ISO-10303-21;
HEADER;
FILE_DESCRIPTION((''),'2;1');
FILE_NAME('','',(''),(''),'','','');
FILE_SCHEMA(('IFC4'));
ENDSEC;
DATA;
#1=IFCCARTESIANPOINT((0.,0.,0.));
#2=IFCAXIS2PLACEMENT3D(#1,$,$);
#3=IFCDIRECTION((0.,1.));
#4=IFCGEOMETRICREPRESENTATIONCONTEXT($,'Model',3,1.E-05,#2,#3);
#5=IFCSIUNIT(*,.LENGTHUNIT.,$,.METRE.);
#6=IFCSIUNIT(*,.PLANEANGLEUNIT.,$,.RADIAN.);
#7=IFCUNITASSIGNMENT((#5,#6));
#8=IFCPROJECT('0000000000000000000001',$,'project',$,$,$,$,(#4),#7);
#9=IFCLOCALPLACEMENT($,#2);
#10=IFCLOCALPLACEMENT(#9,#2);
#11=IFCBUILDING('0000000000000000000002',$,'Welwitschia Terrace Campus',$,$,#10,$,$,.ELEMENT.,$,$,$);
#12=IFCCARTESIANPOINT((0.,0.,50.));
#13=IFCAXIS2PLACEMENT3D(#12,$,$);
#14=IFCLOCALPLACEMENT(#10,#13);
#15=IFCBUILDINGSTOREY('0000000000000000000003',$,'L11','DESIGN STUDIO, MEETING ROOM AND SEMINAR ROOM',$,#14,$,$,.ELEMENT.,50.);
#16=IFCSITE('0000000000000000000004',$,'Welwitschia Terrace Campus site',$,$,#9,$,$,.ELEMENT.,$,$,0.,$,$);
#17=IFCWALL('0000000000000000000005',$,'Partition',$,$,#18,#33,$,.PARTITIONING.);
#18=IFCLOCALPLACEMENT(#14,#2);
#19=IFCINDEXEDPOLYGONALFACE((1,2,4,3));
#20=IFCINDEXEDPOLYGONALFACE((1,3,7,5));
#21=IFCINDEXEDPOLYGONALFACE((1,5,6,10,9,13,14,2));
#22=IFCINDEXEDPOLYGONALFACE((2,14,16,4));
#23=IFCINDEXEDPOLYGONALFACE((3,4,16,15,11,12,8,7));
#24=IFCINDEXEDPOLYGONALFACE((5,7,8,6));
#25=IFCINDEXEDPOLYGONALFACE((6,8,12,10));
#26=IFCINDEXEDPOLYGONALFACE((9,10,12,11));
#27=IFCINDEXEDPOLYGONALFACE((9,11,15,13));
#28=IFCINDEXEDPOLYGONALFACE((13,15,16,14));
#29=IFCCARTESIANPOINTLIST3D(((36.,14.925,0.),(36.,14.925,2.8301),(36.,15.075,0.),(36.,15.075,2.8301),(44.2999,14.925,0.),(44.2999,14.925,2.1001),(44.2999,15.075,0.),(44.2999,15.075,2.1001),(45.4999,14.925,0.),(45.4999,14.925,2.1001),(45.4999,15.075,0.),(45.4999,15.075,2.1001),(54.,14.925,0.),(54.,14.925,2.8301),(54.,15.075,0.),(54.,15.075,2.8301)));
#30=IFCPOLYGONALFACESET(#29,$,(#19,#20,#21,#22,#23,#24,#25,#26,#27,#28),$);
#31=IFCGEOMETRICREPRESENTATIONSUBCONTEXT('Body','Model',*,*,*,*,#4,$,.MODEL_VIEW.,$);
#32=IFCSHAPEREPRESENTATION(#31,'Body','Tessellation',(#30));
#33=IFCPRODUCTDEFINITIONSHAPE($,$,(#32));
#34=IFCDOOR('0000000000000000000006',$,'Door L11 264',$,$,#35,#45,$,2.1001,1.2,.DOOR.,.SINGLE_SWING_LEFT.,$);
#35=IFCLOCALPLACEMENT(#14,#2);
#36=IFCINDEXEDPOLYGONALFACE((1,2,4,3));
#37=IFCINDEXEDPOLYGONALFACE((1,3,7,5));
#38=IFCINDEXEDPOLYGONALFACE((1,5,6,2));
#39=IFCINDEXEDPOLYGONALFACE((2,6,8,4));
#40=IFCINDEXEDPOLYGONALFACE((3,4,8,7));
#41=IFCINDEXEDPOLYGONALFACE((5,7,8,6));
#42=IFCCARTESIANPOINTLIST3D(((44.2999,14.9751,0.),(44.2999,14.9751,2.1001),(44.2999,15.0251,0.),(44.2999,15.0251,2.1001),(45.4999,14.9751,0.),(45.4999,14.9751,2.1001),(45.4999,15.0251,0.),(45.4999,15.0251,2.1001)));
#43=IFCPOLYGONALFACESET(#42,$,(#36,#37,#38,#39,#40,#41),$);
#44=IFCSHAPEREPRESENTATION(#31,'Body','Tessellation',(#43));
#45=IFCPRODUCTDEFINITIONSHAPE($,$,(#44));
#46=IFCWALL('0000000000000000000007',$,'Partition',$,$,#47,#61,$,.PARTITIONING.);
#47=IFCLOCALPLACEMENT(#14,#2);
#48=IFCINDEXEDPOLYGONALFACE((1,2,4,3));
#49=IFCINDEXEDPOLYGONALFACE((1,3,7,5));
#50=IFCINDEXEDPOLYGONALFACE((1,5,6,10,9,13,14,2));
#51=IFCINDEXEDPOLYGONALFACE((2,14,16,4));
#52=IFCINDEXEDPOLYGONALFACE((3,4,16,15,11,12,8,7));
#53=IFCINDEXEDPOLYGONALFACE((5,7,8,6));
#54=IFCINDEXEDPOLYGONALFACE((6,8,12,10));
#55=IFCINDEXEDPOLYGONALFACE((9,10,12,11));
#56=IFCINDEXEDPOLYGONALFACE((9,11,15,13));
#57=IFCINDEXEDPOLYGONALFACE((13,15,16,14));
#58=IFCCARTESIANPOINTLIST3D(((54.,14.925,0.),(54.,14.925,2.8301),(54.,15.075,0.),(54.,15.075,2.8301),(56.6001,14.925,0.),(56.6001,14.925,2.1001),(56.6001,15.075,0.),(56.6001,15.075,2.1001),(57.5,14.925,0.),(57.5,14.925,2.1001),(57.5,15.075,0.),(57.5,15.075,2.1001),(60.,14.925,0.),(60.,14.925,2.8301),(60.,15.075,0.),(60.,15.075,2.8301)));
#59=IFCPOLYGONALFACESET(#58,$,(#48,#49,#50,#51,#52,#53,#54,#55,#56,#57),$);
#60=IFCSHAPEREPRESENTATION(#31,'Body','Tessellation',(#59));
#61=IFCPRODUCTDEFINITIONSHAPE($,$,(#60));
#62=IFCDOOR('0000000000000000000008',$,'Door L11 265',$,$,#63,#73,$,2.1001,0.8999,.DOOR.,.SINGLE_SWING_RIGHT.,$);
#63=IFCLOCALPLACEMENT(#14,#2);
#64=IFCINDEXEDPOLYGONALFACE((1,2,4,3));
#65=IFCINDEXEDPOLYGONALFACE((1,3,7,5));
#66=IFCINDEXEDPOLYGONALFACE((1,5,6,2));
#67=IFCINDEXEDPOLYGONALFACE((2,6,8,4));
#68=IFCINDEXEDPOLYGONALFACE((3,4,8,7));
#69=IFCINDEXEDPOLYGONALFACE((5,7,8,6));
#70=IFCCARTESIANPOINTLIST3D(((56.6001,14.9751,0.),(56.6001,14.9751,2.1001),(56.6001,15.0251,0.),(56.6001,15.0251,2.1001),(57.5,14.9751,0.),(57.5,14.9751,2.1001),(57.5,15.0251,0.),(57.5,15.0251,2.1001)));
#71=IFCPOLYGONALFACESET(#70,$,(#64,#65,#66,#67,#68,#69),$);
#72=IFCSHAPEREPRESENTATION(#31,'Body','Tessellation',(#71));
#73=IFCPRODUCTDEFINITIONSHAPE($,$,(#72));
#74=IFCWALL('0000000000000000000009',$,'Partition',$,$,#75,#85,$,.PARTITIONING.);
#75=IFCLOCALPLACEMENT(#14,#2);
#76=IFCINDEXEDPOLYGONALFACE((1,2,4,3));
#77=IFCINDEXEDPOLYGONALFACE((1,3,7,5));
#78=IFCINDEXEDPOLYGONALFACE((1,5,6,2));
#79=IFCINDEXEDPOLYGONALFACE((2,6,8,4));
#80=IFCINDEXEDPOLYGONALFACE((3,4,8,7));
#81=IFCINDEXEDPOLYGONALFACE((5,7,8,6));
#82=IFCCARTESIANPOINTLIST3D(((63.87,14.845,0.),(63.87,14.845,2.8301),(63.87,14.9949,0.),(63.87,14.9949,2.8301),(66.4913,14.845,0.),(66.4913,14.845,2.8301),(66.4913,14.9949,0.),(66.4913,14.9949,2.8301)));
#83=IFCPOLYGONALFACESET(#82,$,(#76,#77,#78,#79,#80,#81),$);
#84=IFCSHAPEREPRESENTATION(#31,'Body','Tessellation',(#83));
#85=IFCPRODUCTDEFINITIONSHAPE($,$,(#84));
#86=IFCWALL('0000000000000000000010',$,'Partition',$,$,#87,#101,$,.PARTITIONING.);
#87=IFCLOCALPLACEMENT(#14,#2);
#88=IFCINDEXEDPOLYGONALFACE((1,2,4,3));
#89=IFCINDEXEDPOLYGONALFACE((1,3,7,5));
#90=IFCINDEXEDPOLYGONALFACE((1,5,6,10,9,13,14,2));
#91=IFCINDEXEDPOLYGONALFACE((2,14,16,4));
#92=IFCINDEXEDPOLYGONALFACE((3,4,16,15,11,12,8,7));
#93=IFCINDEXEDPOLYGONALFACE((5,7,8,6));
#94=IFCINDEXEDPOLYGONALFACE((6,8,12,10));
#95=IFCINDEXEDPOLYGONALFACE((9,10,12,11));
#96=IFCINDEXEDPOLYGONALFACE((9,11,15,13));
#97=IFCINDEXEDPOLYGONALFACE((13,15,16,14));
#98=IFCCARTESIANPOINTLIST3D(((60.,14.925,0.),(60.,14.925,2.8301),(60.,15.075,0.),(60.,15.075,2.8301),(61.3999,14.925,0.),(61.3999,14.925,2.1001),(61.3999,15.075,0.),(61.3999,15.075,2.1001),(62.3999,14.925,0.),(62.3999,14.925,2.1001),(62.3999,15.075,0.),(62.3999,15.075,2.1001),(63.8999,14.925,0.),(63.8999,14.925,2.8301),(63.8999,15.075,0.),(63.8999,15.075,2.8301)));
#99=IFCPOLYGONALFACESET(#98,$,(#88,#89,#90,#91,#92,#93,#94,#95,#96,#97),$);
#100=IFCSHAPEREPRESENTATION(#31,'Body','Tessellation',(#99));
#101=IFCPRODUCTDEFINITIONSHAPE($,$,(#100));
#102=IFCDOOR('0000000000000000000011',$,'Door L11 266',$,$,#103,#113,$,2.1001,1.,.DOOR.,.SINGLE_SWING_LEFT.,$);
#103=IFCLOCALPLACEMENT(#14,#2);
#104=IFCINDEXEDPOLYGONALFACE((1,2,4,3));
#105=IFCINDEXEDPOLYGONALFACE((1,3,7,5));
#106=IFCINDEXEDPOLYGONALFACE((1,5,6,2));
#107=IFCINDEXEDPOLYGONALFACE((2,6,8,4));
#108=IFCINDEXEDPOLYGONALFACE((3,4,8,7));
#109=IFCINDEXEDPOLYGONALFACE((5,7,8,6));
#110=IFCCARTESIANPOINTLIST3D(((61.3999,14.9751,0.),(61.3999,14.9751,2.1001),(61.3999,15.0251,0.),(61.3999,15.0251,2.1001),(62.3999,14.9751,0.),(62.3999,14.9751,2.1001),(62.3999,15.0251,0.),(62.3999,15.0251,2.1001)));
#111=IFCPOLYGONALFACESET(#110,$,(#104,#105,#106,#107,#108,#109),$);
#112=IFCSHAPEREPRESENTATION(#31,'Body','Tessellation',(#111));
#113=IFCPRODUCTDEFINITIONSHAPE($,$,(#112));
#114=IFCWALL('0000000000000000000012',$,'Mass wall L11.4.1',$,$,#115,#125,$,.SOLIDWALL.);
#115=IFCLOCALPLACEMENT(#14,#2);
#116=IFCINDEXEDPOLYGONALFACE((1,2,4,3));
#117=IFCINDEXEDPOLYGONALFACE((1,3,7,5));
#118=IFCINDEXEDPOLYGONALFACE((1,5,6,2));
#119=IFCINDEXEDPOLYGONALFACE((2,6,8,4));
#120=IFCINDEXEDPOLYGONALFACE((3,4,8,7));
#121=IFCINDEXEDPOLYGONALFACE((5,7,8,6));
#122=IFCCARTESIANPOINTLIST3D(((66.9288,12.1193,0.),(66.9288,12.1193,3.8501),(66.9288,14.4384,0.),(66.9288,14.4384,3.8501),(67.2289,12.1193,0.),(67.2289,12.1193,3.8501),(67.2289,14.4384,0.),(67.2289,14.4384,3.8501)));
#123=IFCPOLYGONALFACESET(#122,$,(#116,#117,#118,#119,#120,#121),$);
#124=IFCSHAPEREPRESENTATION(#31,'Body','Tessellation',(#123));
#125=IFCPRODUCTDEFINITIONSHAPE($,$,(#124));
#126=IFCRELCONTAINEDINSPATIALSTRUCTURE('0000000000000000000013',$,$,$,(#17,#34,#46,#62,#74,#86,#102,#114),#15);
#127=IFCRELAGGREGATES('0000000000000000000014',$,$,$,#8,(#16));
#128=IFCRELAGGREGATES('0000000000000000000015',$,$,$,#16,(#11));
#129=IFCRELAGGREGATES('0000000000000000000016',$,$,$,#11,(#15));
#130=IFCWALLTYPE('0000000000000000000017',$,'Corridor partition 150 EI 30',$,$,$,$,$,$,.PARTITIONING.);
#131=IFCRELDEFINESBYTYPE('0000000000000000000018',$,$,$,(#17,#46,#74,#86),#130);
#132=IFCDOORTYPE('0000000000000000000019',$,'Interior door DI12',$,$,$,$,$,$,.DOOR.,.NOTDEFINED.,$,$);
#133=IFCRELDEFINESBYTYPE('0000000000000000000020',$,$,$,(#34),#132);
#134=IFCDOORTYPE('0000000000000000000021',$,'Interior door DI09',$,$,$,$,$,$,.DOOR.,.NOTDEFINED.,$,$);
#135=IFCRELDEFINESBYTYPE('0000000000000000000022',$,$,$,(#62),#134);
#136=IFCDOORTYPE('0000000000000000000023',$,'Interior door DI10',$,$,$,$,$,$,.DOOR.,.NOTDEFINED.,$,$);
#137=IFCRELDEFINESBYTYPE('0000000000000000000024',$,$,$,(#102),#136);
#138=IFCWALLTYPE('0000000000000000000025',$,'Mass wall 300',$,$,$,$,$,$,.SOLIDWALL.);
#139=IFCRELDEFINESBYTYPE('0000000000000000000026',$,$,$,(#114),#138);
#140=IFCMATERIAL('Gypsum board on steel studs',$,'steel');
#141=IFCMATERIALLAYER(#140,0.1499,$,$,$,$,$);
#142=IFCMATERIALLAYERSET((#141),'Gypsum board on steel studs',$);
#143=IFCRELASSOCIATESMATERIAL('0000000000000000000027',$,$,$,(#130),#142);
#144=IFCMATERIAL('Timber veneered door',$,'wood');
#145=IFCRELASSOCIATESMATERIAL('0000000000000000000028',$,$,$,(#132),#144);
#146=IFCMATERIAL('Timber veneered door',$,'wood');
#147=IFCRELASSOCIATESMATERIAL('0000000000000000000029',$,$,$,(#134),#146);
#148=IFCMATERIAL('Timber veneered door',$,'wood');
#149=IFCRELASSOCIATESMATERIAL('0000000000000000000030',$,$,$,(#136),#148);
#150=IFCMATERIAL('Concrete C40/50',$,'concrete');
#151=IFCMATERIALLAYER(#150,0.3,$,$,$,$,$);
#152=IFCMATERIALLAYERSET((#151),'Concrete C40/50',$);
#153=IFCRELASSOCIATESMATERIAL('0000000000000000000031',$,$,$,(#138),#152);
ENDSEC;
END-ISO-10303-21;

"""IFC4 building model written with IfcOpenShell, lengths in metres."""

from ifc_helpers import new_model, si_unit, direction, frame, frame_2d, origin, place, context, subcontext, project, spatial, rectangle, extrude, material, layer, layer_set, type_object, element, fill, save


model = new_model("IFC4")

# Units and contexts
model_context = context("Model", 3, precision=1e-05, world=origin(), true_north=direction((0.0, 1.0)))
body_context = subcontext(model_context, "Body", "Model", "MODEL_VIEW")
ifc_project = project(units=[si_unit("LENGTHUNIT", "METRE"), si_unit("PLANEANGLEUNIT", "RADIAN")], contexts=[model_context])

# Site, building, storey
site_placement = place(None, origin())
site = spatial("IfcSite", under=ifc_project, at=site_placement, Name="Welwitschia Terrace Campus site", CompositionType="ELEMENT", RefElevation=0.0)
building_placement = place(site_placement, origin())
building = spatial("IfcBuilding", under=site, at=building_placement, Name="Welwitschia Terrace Campus", CompositionType="ELEMENT")
storey_placement = place(building_placement, frame((0.0, 0.0, 50.0)))
storey = spatial("IfcBuildingStorey", under=building, at=storey_placement, Name="L11", Description="DESIGN STUDIO, MEETING ROOM AND SEMINAR ROOM", CompositionType="ELEMENT", Elevation=50.0)

# Walls, openings, doors
ifc_material_1 = material(Name="Gypsum board on steel studs", Category="steel")
ifc_layer_1 = layer(ifc_material_1, 0.1499)
ifc_layer_set_1 = layer_set([ifc_layer_1], Name="Gypsum board on steel studs")
wall_type_1 = type_object("IfcWallType", Name="Corridor partition 150 EI 30", PredefinedType="PARTITIONING", material=ifc_layer_set_1)
wall_1_placement = place(storey_placement, frame((54.0, 15.0, 0.0), z_axis=(0.0, 0.0, 1.0), x_axis=(-1.0, 0.0, 0.0)))
wall_1 = element("IfcWall", 1, at=wall_1_placement, inside=storey, type_object=wall_type_1, Name="Partition", PredefinedType="PARTITIONING", context=body_context, shape_type="SweptSolid", body=[
    extrude(rectangle(XDim=18.0, YDim=0.1499, at=frame_2d((9.0, 0.0))), origin(), (0.0, 0.0, 1.0), 2.8301),
])
opening_1_placement = place(wall_1_placement, frame((8.5, 0.0, 0.0)))
opening_1 = element("IfcOpeningElement", 2, at=opening_1_placement, cuts=wall_1, PredefinedType="OPENING", context=body_context, shape_type="SweptSolid", body=[
    extrude(rectangle(XDim=1.2, YDim=2.1001, at=frame_2d((0.6001, 1.05))), frame((0.0, 0.085, 0.0), z_axis=(0.0, -1.0, 0.0), x_axis=(1.0, 0.0, 0.0)), (0.0, 0.0, 1.0), 0.1699),
])
ifc_material_2 = material(Name="Timber veneered door", Category="wood")
door_type_1 = type_object("IfcDoorType", Name="Interior door DI12", OperationType="NOTDEFINED", PredefinedType="DOOR", material=ifc_material_2)
door_1_placement = place(opening_1_placement, origin())
door_1 = element("IfcDoor", 3, at=door_1_placement, inside=storey, type_object=door_type_1, Name="Door L11 264", OperationType="SINGLE_SWING_LEFT", OverallHeight=2.1001, OverallWidth=1.2, PredefinedType="DOOR", context=body_context, shape_type="SweptSolid", body=[
    extrude(rectangle(XDim=1.2, YDim=2.1001, at=frame_2d((0.6001, 1.05))), frame((0.0, 0.0249, 0.0), z_axis=(0.0, -1.0, 0.0), x_axis=(1.0, 0.0, 0.0)), (0.0, 0.0, 1.0), 0.05),
])
fill(opening_1, door_1)
wall_2_placement = place(storey_placement, frame((60.0, 15.0, 0.0), z_axis=(0.0, 0.0, 1.0), x_axis=(-1.0, 0.0, 0.0)))
wall_2 = element("IfcWall", 4, at=wall_2_placement, inside=storey, type_object=wall_type_1, Name="Partition", PredefinedType="PARTITIONING", context=body_context, shape_type="SweptSolid", body=[
    extrude(rectangle(XDim=6.0, YDim=0.1499, at=frame_2d((3.0, 0.0))), origin(), (0.0, 0.0, 1.0), 2.8301),
])
opening_2_placement = place(wall_2_placement, frame((2.5, 0.0, 0.0)))
opening_2 = element("IfcOpeningElement", 5, at=opening_2_placement, cuts=wall_2, PredefinedType="OPENING", context=body_context, shape_type="SweptSolid", body=[
    extrude(rectangle(XDim=0.8999, YDim=2.1001, at=frame_2d((0.45, 1.05))), frame((0.0, 0.085, 0.0), z_axis=(0.0, -1.0, 0.0), x_axis=(1.0, 0.0, 0.0)), (0.0, 0.0, 1.0), 0.1699),
])
ifc_material_3 = material(Name="Timber veneered door", Category="wood")
door_type_2 = type_object("IfcDoorType", Name="Interior door DI09", OperationType="NOTDEFINED", PredefinedType="DOOR", material=ifc_material_3)
door_2_placement = place(opening_2_placement, origin())
door_2 = element("IfcDoor", 6, at=door_2_placement, inside=storey, type_object=door_type_2, Name="Door L11 265", OperationType="SINGLE_SWING_RIGHT", OverallHeight=2.1001, OverallWidth=0.8999, PredefinedType="DOOR", context=body_context, shape_type="SweptSolid", body=[
    extrude(rectangle(XDim=0.8999, YDim=2.1001, at=frame_2d((0.45, 1.05))), frame((0.0, 0.0249, 0.0), z_axis=(0.0, -1.0, 0.0), x_axis=(1.0, 0.0, 0.0)), (0.0, 0.0, 1.0), 0.05),
])
fill(opening_2, door_2)

# Wall
wall_3_placement = place(storey_placement, frame((63.8701, 14.9199, 0.0), z_axis=(0.0, 0.0, 1.0), x_axis=(1.0, 0.0, 0.0)))
element("IfcWall", 7, at=wall_3_placement, inside=storey, type_object=wall_type_1, Name="Partition", PredefinedType="PARTITIONING", context=body_context, shape_type="SweptSolid", body=[
    extrude(rectangle(XDim=2.6213, YDim=0.1499, at=frame_2d((1.3105, 0.0))), origin(), (0.0, 0.0, 1.0), 2.8301),
])

# Wall, opening, door
wall_4_placement = place(storey_placement, frame((63.8999, 15.0, 0.0), z_axis=(0.0, 0.0, 1.0), x_axis=(-1.0, 0.0, 0.0)))
wall_4 = element("IfcWall", 8, at=wall_4_placement, inside=storey, type_object=wall_type_1, Name="Partition", PredefinedType="PARTITIONING", context=body_context, shape_type="SweptSolid", body=[
    extrude(rectangle(XDim=3.8999, YDim=0.1499, at=frame_2d((1.95, 0.0))), origin(), (0.0, 0.0, 1.0), 2.8301),
])
opening_3_placement = place(wall_4_placement, frame((1.5, 0.0, 0.0)))
opening_3 = element("IfcOpeningElement", 9, at=opening_3_placement, cuts=wall_4, PredefinedType="OPENING", context=body_context, shape_type="SweptSolid", body=[
    extrude(rectangle(XDim=1.0, YDim=2.1001, at=frame_2d((0.5, 1.05))), frame((0.0, 0.085, 0.0), z_axis=(0.0, -1.0, 0.0), x_axis=(1.0, 0.0, 0.0)), (0.0, 0.0, 1.0), 0.1699),
])
ifc_material_4 = material(Name="Timber veneered door", Category="wood")
door_type_3 = type_object("IfcDoorType", Name="Interior door DI10", OperationType="NOTDEFINED", PredefinedType="DOOR", material=ifc_material_4)
door_3_placement = place(opening_3_placement, origin())
door_3 = element("IfcDoor", 10, at=door_3_placement, inside=storey, type_object=door_type_3, Name="Door L11 266", OperationType="SINGLE_SWING_LEFT", OverallHeight=2.1001, OverallWidth=1.0, PredefinedType="DOOR", context=body_context, shape_type="SweptSolid", body=[
    extrude(rectangle(XDim=1.0, YDim=2.1001, at=frame_2d((0.5, 1.05))), frame((0.0, 0.0249, 0.0), z_axis=(0.0, -1.0, 0.0), x_axis=(1.0, 0.0, 0.0)), (0.0, 0.0, 1.0), 0.05),
])
fill(opening_3, door_3)

# Wall
ifc_material_5 = material(Name="Concrete C40/50", Category="concrete")
ifc_layer_2 = layer(ifc_material_5, 0.3)
ifc_layer_set_2 = layer_set([ifc_layer_2], Name="Concrete C40/50")
wall_type_2 = type_object("IfcWallType", Name="Mass wall 300", PredefinedType="SOLIDWALL", material=ifc_layer_set_2)
wall_5_placement = place(storey_placement, frame((67.0789, 12.1191, 0.0), z_axis=(0.0, 0.0, 1.0), x_axis=(0.0, 1.0, 0.0)))
element("IfcWall", 11, at=wall_5_placement, inside=storey, type_object=wall_type_2, Name="Mass wall L11.4.1", PredefinedType="SOLIDWALL", context=body_context, shape_type="SweptSolid", body=[
    extrude(rectangle(XDim=2.3191, YDim=0.3, at=frame_2d((1.1597, 0.0))), origin(), (0.0, 0.0, 1.0), 3.8501),
])

save(model, "model.ifc")
